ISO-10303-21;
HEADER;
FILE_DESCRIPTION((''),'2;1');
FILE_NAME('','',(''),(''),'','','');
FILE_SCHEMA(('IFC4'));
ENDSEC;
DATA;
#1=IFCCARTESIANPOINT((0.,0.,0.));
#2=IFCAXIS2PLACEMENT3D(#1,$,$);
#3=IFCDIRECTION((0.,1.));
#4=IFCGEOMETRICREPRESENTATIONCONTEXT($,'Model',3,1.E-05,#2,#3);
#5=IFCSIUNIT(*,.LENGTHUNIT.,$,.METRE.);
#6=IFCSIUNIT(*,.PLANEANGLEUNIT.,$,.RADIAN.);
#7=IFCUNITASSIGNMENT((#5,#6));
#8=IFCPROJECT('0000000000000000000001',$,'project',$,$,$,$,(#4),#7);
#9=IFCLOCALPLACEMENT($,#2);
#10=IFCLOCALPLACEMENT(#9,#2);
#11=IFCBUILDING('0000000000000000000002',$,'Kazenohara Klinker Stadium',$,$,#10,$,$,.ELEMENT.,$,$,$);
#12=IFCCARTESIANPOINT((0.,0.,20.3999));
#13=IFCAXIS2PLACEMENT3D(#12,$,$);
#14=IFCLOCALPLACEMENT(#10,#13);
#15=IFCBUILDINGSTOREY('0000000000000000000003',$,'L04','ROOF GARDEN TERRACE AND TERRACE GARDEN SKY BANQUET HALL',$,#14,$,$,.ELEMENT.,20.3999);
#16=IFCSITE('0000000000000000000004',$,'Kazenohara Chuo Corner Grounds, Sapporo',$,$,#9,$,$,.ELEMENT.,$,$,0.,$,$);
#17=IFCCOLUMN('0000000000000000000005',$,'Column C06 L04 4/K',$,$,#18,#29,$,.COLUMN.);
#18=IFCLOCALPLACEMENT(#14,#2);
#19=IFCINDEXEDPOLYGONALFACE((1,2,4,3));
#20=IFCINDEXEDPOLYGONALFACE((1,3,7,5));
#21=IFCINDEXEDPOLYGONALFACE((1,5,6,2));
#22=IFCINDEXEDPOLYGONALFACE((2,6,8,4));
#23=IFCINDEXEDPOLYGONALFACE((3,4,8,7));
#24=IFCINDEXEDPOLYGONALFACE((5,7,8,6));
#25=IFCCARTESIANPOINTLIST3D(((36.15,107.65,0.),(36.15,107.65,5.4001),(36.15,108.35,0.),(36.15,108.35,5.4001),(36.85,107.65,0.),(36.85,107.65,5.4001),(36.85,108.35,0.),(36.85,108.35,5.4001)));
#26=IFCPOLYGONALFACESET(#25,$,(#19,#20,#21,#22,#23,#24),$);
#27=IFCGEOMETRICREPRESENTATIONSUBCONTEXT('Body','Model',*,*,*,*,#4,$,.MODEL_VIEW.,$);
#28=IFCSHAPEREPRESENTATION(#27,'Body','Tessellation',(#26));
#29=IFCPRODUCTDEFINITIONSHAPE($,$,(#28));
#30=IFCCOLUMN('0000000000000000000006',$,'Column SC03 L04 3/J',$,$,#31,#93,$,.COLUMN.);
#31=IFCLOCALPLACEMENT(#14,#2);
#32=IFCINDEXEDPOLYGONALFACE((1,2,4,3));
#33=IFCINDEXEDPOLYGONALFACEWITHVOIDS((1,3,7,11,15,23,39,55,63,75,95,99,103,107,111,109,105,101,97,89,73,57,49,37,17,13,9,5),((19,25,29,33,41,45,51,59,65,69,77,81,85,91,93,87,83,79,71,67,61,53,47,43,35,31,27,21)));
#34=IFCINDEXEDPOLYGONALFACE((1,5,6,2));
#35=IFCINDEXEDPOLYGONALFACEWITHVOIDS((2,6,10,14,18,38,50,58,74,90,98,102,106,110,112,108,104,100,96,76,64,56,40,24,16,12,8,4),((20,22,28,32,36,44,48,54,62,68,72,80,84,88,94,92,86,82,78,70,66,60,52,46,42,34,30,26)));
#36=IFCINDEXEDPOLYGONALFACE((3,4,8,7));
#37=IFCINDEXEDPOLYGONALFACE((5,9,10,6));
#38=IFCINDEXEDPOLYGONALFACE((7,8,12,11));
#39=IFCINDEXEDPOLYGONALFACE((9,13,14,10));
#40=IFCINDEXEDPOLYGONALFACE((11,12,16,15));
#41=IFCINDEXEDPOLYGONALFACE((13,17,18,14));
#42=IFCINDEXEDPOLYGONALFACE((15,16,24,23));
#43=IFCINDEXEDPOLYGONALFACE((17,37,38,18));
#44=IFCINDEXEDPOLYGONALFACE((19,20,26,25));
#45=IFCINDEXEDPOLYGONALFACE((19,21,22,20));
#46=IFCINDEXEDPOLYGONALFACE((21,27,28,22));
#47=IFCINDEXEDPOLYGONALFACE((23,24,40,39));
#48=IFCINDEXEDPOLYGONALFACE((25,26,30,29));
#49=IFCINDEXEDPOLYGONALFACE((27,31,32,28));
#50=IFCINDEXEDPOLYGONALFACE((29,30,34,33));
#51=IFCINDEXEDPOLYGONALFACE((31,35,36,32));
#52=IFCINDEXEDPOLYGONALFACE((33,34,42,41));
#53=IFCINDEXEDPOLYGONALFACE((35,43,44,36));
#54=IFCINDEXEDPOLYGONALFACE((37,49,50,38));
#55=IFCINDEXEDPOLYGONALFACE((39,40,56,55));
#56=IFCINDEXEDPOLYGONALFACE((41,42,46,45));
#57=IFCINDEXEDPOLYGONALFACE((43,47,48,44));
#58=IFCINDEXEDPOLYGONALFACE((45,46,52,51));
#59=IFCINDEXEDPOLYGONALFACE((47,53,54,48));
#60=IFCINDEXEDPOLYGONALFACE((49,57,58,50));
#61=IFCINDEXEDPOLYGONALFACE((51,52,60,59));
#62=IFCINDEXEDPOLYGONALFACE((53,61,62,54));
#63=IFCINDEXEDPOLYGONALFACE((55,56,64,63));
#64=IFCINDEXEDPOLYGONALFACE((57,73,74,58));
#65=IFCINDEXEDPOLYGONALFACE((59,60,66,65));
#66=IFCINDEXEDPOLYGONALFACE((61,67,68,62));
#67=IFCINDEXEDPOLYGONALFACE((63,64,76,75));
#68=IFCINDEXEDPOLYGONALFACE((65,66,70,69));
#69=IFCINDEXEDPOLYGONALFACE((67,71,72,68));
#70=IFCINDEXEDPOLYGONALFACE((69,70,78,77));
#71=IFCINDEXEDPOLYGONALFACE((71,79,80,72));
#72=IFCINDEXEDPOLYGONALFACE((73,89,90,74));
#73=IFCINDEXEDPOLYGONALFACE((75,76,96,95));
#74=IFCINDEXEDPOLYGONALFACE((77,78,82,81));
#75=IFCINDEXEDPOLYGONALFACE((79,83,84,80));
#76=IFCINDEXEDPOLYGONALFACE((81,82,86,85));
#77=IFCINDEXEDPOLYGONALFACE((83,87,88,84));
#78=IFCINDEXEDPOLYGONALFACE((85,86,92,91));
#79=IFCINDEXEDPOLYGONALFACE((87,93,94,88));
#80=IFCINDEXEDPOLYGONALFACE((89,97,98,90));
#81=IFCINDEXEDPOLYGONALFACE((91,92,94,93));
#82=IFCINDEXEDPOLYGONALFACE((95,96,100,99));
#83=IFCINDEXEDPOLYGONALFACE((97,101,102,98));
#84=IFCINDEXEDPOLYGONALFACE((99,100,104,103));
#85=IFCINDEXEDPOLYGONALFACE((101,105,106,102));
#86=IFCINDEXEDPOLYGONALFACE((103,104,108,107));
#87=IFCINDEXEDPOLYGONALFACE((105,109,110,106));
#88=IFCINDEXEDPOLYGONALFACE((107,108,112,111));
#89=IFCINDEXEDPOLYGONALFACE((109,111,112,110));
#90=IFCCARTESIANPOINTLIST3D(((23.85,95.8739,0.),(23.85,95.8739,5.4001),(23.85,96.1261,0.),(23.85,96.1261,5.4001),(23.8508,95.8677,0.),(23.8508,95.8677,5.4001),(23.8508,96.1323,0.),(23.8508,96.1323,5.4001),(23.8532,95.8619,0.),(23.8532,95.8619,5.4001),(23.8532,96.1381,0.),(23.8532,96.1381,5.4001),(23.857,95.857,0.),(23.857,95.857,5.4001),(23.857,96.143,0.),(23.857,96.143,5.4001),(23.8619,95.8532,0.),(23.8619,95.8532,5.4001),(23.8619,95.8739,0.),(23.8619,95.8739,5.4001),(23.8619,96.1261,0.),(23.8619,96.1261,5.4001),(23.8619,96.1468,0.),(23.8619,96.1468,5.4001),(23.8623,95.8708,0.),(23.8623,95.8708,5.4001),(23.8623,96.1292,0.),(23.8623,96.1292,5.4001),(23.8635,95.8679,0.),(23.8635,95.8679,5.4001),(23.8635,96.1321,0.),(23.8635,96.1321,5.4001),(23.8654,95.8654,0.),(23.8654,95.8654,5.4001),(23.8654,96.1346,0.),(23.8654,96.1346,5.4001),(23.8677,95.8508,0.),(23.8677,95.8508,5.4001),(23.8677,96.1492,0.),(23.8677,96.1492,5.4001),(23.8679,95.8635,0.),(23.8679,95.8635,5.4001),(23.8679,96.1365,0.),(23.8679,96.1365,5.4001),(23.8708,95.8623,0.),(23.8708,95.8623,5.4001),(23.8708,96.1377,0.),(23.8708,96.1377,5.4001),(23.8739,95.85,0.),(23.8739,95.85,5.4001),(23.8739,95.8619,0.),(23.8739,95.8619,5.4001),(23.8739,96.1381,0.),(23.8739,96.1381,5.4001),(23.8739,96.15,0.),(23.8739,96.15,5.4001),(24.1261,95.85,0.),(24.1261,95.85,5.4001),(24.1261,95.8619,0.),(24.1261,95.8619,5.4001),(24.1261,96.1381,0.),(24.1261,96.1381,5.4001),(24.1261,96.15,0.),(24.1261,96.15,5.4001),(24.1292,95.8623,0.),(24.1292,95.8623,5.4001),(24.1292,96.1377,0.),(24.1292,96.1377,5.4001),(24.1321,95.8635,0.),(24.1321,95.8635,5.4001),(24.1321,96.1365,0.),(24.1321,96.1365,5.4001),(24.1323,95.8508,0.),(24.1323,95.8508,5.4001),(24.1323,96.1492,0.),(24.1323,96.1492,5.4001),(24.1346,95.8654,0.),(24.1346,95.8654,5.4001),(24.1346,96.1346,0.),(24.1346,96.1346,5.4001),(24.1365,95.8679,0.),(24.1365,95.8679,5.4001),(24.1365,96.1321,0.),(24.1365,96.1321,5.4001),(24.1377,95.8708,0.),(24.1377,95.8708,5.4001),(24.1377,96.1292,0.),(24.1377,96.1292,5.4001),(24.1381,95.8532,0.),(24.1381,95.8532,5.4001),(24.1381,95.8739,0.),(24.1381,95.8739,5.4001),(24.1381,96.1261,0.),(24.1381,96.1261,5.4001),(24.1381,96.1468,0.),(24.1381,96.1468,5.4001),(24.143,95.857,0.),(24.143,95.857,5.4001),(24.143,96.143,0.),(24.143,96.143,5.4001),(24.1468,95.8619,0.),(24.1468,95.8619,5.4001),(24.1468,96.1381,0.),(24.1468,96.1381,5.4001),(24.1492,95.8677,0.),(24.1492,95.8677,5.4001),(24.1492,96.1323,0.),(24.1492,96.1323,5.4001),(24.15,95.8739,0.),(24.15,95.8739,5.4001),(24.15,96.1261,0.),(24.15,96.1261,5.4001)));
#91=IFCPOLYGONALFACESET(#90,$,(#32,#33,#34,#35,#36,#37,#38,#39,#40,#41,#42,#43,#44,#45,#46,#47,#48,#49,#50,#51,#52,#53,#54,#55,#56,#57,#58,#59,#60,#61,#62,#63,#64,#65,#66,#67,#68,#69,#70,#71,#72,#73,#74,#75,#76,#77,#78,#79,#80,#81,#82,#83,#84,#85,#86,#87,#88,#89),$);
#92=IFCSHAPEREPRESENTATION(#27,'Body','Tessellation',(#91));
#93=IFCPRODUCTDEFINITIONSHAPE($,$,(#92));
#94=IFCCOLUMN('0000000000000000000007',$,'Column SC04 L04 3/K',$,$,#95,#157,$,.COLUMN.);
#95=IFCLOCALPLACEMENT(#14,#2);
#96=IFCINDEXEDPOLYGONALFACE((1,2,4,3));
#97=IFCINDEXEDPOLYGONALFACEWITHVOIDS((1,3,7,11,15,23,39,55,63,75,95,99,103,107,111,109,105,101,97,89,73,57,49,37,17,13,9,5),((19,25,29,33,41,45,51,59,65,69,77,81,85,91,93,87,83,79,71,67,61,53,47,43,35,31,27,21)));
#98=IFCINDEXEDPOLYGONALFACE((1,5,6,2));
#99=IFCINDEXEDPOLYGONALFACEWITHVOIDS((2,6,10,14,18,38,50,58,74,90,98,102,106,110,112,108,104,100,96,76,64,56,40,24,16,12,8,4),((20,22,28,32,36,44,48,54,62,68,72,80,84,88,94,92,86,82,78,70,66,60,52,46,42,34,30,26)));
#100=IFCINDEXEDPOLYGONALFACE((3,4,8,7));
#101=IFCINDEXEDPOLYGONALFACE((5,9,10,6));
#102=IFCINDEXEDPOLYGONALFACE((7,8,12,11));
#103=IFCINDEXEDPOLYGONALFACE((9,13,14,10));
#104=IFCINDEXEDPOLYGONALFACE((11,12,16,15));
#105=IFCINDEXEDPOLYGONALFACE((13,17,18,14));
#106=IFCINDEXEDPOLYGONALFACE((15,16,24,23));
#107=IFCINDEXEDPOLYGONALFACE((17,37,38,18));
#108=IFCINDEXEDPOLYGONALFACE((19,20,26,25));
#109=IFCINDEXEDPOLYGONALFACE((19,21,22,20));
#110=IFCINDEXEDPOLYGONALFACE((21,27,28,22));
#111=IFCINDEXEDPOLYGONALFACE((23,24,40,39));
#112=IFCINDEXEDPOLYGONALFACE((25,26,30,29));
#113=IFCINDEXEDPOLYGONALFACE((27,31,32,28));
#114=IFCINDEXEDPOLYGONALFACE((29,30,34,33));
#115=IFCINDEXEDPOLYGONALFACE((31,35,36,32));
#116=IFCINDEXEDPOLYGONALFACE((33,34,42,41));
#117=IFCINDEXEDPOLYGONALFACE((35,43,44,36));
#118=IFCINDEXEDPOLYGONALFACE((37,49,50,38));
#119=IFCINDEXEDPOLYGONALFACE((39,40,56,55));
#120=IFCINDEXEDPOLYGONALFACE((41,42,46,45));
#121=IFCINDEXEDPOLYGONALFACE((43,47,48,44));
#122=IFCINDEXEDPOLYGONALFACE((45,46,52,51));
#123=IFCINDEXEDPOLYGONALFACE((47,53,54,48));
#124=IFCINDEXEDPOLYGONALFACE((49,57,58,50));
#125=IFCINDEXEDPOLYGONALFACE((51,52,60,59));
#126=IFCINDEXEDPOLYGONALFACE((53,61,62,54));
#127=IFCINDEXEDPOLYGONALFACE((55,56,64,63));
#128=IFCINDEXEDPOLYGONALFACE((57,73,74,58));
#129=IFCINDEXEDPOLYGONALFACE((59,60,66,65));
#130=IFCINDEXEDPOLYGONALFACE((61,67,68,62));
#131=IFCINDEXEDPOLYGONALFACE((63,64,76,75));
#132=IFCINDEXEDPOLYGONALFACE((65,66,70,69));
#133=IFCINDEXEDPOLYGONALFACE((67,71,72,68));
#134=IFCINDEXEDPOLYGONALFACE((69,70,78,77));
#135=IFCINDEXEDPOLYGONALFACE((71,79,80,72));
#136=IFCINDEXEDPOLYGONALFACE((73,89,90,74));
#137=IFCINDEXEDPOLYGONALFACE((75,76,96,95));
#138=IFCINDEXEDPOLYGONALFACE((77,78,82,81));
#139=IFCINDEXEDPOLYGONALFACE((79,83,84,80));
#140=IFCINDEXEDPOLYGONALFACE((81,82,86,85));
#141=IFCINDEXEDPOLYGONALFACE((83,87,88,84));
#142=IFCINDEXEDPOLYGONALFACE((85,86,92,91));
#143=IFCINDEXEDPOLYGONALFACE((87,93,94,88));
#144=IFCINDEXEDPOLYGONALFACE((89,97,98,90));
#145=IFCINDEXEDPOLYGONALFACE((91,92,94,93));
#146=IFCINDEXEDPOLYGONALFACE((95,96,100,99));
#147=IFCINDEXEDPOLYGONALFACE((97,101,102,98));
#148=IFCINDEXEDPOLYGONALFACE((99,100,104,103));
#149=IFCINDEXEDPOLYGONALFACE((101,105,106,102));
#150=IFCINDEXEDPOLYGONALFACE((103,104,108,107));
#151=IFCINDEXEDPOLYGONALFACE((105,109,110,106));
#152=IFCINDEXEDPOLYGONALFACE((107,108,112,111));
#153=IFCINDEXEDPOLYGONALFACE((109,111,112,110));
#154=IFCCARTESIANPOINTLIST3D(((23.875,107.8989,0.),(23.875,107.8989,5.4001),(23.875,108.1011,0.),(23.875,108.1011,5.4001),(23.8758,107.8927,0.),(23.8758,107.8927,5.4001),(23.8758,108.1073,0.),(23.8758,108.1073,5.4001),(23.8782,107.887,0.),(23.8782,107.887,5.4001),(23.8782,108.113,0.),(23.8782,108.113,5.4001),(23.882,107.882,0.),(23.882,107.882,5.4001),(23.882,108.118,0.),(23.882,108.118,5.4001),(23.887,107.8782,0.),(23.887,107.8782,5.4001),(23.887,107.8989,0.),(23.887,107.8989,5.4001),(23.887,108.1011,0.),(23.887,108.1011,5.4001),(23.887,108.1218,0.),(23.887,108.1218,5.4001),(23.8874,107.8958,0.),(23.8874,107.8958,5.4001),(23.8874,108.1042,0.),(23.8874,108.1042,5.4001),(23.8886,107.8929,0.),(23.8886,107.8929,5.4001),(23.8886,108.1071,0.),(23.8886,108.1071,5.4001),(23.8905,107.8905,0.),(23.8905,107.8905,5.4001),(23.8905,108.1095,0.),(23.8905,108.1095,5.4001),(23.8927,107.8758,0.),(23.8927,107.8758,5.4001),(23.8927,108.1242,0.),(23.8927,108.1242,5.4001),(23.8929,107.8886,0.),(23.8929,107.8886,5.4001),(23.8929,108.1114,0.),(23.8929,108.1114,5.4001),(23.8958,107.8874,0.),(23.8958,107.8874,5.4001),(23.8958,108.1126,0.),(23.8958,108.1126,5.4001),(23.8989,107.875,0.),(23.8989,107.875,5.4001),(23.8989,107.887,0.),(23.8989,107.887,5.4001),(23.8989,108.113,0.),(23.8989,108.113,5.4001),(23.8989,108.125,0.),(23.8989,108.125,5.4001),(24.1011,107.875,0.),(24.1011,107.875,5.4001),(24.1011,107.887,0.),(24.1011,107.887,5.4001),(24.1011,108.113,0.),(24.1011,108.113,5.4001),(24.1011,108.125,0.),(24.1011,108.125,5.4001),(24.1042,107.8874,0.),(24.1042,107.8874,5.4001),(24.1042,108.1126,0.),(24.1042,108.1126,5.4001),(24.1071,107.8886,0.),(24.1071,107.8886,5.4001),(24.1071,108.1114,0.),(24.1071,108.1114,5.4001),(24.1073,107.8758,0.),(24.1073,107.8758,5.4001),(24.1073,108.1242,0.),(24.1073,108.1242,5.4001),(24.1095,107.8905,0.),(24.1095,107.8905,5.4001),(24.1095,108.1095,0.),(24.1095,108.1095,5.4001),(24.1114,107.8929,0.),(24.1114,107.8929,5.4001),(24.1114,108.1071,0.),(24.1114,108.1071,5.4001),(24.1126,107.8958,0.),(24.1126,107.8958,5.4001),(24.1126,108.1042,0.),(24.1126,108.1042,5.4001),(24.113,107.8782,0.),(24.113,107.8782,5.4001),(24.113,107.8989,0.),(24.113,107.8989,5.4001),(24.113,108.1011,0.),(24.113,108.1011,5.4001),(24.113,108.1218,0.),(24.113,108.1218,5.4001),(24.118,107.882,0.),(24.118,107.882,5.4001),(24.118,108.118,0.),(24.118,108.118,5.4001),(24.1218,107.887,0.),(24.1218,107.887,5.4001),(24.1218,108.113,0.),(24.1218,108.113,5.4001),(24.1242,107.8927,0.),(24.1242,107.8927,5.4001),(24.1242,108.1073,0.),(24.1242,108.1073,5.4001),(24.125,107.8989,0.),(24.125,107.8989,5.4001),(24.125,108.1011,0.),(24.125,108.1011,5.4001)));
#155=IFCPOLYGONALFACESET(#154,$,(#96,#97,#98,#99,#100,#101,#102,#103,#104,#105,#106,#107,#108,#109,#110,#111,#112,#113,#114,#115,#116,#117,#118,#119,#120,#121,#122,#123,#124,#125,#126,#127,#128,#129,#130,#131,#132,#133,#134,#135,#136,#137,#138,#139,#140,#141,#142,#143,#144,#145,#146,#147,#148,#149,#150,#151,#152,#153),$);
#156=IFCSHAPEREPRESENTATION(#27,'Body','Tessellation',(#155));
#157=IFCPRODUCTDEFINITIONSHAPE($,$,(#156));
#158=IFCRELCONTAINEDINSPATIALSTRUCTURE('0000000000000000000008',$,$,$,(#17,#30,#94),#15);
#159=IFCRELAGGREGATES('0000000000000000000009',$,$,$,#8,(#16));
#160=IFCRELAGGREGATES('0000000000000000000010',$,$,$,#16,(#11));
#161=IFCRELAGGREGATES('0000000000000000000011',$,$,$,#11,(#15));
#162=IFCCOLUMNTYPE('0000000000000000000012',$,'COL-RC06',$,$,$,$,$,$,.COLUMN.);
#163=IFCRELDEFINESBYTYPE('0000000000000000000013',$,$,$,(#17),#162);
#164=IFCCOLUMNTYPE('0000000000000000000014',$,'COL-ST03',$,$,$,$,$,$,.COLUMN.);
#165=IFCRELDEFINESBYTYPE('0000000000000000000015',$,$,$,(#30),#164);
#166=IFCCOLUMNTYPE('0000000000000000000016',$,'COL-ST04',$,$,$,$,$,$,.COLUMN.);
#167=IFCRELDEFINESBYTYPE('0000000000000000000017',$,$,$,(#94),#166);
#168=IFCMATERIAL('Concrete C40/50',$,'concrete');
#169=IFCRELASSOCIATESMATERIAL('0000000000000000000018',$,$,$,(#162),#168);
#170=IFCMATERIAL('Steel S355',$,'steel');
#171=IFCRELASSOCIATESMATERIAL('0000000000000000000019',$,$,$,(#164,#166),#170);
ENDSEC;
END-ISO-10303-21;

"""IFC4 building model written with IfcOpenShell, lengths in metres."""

from ifc_helpers import new_model, si_unit, direction, frame, origin, origin_2d, place, context, subcontext, project, spatial, rectangle, hollow_rectangle, extrude, material, material_profile, profile_set, type_object, element, save


model = new_model("IFC4")

# Units and contexts
model_context = context("Model", 3, precision=1e-05, world=origin(), true_north=direction((0.0, 1.0)))
body_context = subcontext(model_context, "Body", "Model", "MODEL_VIEW")
ifc_project = project(units=[si_unit("LENGTHUNIT", "METRE"), si_unit("PLANEANGLEUNIT", "RADIAN")], contexts=[model_context])

# Site, building, storey
site_placement = place(None, origin())
site = spatial("IfcSite", under=ifc_project, at=site_placement, Name="Kazenohara Chuo Corner Grounds, Sapporo", CompositionType="ELEMENT", RefElevation=0.0)
building_placement = place(site_placement, origin())
building = spatial("IfcBuilding", under=site, at=building_placement, Name="Kazenohara Klinker Stadium", CompositionType="ELEMENT")
storey_placement = place(building_placement, frame((0.0, 0.0, 20.3999)))
storey = spatial("IfcBuildingStorey", under=building, at=storey_placement, Name="L04", Description="ROOF GARDEN TERRACE AND TERRACE GARDEN SKY BANQUET HALL", CompositionType="ELEMENT", Elevation=20.3999)

# Columns
ifc_material_1 = material(Name="Concrete C40/50", Category="concrete")
ifc_material_profile_1 = material_profile(ifc_material_1, rectangle(XDim=0.7, YDim=0.7, at=origin_2d()), Name="RC-COL-700x700")
ifc_profile_set_1 = profile_set([ifc_material_profile_1], Name="Concrete C40/50")
column_type_1 = type_object("IfcColumnType", Name="COL-RC06", PredefinedType="COLUMN", material=ifc_profile_set_1)
column_1_placement = place(storey_placement, frame((36.5, 108.0, 0.0), z_axis=(0.0, 0.0, 1.0), x_axis=(1.0, 0.0, 0.0)))
element("IfcColumn", 1, at=column_1_placement, inside=storey, type_object=column_type_1, Name="Column C06 L04 4/K", PredefinedType="COLUMN", context=body_context, shape_type="SweptSolid", body=[
    extrude(rectangle(XDim=0.7, YDim=0.7, at=origin_2d()), origin(), (0.0, 0.0, 1.0), 5.4001),
])
ifc_material_2 = material(Name="Steel S355", Category="steel")
ifc_material_profile_2 = material_profile(ifc_material_2, hollow_rectangle(XDim=0.3, YDim=0.3, WallThickness=0.012, InnerFilletRadius=0.012, OuterFilletRadius=0.0239, at=origin_2d()), Name="SHS-300x300x12")
ifc_profile_set_2 = profile_set([ifc_material_profile_2], Name="Steel S355")
column_type_2 = type_object("IfcColumnType", Name="COL-ST03", PredefinedType="COLUMN", material=ifc_profile_set_2)
column_2_placement = place(storey_placement, frame((24.0, 96.0, 0.0), z_axis=(0.0, 0.0, 1.0), x_axis=(1.0, 0.0, 0.0)))
element("IfcColumn", 2, at=column_2_placement, inside=storey, type_object=column_type_2, Name="Column SC03 L04 3/J", PredefinedType="COLUMN", context=body_context, shape_type="SweptSolid", body=[
    extrude(hollow_rectangle(XDim=0.3, YDim=0.3, WallThickness=0.012, InnerFilletRadius=0.012, OuterFilletRadius=0.0239, at=origin_2d()), origin(), (0.0, 0.0, 1.0), 5.4001),
])
ifc_material_profile_3 = material_profile(ifc_material_2, hollow_rectangle(XDim=0.25, YDim=0.25, WallThickness=0.012, InnerFilletRadius=0.012, OuterFilletRadius=0.0239, at=origin_2d()), Name="SHS-250x250x12")
ifc_profile_set_3 = profile_set([ifc_material_profile_3], Name="Steel S355")
column_type_3 = type_object("IfcColumnType", Name="COL-ST04", PredefinedType="COLUMN", material=ifc_profile_set_3)
for number, where, z_axis, x_axis, name in (
    (3, (24.0, 108.0, 0.0), (0.0, 0.0, 1.0), (1.0, 0.0, 0.0), "Column SC04 L04 3/K"),
):
    element("IfcColumn", number, at=place(storey_placement, frame(where, z_axis=z_axis, x_axis=x_axis)), inside=storey, type_object=column_type_3, Name=name, PredefinedType="COLUMN", context=body_context, shape_type="SweptSolid", body=[
        extrude(hollow_rectangle(XDim=0.25, YDim=0.25, WallThickness=0.012, InnerFilletRadius=0.012, OuterFilletRadius=0.0239, at=origin_2d()), origin(), (0.0, 0.0, 1.0), 5.4001),
    ])

save(model, "model.ifc")
